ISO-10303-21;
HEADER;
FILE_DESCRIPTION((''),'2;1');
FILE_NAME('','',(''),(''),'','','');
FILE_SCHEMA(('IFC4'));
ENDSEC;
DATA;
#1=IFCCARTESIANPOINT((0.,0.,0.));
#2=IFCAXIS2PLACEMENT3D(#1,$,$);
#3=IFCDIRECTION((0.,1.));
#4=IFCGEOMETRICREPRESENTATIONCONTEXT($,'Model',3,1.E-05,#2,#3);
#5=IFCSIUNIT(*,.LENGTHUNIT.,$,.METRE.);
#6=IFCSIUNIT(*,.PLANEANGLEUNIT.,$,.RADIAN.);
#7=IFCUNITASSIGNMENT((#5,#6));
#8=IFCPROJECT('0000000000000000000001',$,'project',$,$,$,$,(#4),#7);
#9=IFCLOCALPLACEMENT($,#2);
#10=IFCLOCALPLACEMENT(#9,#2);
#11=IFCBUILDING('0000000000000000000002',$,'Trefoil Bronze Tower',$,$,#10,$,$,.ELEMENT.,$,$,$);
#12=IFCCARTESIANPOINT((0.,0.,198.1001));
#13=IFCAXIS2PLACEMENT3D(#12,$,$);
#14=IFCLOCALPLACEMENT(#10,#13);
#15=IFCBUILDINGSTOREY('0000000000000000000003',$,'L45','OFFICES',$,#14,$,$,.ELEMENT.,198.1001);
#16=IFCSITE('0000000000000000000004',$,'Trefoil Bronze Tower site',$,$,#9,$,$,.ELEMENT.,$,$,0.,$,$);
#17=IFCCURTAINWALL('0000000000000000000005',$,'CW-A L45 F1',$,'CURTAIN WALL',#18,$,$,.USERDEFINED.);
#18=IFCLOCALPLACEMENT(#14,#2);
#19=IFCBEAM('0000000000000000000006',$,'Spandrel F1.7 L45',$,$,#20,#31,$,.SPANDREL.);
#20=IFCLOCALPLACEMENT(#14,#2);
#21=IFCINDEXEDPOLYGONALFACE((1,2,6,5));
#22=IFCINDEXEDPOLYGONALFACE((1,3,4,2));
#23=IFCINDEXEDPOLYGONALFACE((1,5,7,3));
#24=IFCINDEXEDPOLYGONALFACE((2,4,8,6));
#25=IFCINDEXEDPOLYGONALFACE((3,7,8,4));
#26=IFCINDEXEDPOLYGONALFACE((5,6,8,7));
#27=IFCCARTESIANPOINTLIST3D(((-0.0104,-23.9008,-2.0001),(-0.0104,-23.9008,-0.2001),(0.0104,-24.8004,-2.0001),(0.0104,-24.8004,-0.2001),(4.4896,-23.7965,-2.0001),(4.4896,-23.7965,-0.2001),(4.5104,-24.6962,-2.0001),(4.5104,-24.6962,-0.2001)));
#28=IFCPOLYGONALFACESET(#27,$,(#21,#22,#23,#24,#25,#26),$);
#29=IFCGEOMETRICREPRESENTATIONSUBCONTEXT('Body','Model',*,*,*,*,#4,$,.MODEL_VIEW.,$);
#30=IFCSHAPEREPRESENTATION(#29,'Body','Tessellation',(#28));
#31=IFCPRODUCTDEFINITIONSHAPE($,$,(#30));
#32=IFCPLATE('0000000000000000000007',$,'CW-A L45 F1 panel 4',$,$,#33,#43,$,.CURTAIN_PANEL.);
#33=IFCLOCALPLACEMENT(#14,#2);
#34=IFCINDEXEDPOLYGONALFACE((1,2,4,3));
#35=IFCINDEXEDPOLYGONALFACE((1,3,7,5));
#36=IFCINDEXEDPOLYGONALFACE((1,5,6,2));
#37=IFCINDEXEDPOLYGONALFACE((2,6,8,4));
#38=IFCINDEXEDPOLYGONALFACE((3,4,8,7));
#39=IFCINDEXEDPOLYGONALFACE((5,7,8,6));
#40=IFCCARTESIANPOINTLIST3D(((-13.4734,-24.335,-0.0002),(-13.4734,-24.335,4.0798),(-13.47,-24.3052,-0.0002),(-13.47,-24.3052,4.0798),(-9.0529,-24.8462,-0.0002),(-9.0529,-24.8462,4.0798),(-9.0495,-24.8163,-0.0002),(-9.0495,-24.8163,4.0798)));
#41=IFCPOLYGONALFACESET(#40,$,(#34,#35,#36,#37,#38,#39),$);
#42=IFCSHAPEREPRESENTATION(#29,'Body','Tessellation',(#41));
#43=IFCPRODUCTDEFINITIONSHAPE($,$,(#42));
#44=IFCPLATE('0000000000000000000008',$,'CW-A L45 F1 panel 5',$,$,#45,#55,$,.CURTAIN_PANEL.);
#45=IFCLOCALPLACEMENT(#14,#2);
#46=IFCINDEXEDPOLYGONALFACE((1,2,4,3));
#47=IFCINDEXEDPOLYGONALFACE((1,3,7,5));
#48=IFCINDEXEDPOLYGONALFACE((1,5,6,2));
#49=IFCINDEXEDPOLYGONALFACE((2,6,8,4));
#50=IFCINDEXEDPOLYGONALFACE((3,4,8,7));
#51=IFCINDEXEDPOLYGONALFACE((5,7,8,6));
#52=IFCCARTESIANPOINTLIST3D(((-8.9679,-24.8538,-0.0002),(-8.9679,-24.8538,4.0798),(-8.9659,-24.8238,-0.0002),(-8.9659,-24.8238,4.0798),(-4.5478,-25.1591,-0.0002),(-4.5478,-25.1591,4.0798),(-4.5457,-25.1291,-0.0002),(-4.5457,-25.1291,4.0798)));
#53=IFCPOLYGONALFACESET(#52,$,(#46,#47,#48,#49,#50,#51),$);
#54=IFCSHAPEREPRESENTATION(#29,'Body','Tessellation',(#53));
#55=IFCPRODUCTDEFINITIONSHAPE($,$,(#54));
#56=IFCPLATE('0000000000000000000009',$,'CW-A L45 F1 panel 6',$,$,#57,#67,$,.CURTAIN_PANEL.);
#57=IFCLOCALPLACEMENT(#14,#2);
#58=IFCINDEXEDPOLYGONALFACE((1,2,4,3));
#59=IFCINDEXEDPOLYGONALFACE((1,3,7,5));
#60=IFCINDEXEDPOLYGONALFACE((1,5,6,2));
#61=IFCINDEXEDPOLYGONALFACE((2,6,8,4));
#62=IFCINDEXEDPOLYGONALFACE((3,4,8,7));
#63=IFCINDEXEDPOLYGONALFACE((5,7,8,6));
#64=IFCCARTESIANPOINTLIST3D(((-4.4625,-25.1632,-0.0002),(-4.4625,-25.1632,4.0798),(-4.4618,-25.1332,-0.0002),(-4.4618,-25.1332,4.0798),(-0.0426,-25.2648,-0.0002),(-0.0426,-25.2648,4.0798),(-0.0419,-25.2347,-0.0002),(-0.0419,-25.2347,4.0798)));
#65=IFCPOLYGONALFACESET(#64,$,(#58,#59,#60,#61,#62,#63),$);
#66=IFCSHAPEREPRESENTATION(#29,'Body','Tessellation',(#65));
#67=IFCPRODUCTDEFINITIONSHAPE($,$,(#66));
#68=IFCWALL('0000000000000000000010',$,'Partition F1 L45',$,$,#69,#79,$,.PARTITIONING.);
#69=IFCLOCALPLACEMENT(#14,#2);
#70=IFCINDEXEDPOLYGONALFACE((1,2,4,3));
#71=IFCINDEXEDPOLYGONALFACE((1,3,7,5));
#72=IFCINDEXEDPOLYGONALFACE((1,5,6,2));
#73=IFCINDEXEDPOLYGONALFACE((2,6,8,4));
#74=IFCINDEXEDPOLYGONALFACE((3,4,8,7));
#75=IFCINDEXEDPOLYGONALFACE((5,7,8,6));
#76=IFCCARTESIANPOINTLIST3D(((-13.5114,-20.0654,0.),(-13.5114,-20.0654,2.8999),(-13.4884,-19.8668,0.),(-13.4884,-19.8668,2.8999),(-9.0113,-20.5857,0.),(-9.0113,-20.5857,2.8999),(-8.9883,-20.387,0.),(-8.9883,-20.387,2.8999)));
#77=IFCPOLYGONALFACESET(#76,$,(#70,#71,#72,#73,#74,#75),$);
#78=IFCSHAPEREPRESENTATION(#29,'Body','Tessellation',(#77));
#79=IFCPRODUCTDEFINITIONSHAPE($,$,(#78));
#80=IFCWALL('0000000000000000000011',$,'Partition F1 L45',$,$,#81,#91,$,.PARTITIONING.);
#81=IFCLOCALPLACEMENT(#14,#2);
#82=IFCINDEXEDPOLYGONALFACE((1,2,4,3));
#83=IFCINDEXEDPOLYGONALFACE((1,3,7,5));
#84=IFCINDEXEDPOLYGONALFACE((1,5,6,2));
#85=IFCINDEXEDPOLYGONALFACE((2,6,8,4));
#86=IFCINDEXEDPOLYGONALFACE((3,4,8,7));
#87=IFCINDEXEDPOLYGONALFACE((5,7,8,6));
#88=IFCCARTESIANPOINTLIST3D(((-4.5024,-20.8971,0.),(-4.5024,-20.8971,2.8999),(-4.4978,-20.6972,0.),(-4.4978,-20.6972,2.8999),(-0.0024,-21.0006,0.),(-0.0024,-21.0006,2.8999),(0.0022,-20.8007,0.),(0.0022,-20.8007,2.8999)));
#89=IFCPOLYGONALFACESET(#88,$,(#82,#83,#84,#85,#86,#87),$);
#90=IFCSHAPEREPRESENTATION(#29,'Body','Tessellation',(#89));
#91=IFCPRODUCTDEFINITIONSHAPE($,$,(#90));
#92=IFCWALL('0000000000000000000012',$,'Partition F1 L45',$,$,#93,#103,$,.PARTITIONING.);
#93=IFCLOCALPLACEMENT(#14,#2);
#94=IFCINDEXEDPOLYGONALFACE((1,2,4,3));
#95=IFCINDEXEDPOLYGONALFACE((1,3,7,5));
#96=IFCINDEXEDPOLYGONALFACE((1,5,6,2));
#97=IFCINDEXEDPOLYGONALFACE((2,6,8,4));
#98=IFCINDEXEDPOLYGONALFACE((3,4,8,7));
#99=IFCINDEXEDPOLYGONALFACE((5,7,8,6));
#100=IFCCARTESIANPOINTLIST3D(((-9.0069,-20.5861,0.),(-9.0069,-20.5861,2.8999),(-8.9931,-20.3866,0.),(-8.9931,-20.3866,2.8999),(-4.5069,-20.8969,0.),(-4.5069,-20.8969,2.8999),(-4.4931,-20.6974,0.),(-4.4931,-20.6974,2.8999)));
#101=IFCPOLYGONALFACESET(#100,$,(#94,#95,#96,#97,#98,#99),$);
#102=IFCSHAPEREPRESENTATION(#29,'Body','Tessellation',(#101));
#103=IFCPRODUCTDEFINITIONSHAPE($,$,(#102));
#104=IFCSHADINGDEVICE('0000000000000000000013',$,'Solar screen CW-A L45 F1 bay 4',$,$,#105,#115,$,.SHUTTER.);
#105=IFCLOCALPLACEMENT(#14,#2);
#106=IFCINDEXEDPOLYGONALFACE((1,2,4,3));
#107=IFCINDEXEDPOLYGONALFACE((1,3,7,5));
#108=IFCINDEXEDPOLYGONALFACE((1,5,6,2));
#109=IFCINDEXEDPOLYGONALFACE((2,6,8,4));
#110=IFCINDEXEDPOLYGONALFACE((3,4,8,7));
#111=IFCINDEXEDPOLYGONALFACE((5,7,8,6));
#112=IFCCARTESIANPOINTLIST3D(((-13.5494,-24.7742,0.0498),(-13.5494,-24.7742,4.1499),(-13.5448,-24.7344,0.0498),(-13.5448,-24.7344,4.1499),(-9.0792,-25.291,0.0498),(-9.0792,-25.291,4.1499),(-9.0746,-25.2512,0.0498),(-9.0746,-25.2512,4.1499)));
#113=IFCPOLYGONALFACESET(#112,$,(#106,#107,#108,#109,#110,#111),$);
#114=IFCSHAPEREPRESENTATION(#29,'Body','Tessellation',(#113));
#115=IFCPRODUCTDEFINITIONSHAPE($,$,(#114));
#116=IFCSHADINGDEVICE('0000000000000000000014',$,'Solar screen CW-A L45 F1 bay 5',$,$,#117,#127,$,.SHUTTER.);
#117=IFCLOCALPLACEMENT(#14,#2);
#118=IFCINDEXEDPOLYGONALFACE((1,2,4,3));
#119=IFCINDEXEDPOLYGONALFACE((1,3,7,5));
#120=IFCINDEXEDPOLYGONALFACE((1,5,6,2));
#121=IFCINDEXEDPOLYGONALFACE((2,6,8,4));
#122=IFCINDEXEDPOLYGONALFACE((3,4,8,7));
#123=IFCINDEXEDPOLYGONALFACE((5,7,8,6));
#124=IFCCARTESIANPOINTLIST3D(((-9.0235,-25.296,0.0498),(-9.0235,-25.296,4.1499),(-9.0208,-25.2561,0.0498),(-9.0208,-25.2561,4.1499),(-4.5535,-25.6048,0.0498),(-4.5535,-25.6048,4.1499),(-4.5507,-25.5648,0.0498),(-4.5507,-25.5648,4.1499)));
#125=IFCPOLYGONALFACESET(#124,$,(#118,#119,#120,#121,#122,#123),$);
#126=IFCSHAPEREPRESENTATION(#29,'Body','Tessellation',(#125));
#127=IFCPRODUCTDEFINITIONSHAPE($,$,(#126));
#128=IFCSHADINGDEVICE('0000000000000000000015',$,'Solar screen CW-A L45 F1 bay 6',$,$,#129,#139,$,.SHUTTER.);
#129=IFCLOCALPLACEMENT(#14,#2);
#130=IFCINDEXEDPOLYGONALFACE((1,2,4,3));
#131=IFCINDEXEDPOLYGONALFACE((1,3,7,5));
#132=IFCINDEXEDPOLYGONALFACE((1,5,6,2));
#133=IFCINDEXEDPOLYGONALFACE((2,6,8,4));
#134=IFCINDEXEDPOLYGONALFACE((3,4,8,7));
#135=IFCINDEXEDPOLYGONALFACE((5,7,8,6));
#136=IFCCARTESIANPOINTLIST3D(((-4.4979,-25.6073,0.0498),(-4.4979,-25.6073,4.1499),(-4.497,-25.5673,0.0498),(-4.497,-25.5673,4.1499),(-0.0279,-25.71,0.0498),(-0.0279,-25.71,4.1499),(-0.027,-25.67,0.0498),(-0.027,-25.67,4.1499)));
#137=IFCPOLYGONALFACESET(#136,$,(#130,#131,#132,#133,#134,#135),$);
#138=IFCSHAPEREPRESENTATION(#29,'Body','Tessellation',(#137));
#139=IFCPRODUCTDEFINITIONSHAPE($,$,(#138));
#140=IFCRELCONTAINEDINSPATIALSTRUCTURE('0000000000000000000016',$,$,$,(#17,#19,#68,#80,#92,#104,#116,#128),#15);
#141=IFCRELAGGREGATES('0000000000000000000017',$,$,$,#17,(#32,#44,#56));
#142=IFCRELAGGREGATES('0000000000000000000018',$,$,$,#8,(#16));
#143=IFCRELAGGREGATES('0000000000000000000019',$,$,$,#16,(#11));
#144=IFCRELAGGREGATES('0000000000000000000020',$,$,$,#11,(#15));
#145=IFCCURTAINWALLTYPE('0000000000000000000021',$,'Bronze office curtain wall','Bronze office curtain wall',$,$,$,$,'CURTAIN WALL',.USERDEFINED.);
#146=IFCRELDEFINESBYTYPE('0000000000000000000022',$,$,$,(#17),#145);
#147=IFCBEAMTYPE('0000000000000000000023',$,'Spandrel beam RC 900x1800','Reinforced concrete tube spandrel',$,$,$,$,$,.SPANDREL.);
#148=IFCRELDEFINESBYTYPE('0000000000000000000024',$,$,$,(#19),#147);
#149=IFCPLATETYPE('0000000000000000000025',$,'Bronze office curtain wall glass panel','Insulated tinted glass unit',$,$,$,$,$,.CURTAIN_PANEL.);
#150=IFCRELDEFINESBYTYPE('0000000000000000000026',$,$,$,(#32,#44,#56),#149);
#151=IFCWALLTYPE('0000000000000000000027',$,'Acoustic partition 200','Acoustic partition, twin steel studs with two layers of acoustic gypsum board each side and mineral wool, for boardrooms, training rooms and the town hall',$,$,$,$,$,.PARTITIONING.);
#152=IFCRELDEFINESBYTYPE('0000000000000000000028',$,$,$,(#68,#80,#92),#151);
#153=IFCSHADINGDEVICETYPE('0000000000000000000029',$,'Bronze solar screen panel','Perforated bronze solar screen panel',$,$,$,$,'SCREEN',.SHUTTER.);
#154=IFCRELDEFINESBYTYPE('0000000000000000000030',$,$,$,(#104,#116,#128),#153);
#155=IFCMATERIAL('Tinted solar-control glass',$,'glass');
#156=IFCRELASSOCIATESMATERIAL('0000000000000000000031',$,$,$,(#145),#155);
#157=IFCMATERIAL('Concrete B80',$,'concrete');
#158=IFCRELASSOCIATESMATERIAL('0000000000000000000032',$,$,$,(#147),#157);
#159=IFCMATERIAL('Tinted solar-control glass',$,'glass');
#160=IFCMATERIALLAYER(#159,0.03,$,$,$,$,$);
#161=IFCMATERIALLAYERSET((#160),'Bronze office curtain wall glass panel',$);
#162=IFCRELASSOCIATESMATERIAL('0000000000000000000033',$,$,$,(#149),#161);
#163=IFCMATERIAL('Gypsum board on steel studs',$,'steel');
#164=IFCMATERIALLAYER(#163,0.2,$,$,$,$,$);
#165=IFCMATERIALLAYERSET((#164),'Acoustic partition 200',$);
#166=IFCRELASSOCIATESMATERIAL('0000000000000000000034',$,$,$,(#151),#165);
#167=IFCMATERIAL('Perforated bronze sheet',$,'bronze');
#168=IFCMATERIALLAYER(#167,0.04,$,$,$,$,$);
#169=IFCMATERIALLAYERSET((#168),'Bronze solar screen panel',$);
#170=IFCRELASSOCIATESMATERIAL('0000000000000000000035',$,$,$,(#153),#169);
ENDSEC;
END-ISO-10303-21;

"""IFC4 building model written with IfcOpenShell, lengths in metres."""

from ifc_helpers import new_model, si_unit, direction, frame, frame_2d, origin, origin_2d, place, context, subcontext, project, spatial, rectangle, extrude, material, layer, layer_set, material_profile, profile_set, type_object, element, aggregate, save


model = new_model("IFC4")

# Units and contexts
model_context = context("Model", 3, precision=1e-05, world=origin(), true_north=direction((0.0, 1.0)))
body_context = subcontext(model_context, "Body", "Model", "MODEL_VIEW")
ifc_project = project(units=[si_unit("LENGTHUNIT", "METRE"), si_unit("PLANEANGLEUNIT", "RADIAN")], contexts=[model_context])

# Site, building, storey
site_placement = place(None, origin())
site = spatial("IfcSite", under=ifc_project, at=site_placement, Name="Trefoil Bronze Tower site", CompositionType="ELEMENT", RefElevation=0.0)
building_placement = place(site_placement, origin())
building = spatial("IfcBuilding", under=site, at=building_placement, Name="Trefoil Bronze Tower", CompositionType="ELEMENT")
storey_placement = place(building_placement, frame((0.0, 0.0, 198.1001)))
storey = spatial("IfcBuildingStorey", under=building, at=storey_placement, Name="L45", Description="OFFICES", CompositionType="ELEMENT", Elevation=198.1001)

# Curtain wall
ifc_material_1 = material(Name="Tinted solar-control glass", Category="glass")
curtain_wall_type = type_object("IfcCurtainWallType", Name="Bronze office curtain wall", Description="Bronze office curtain wall", ElementType="CURTAIN WALL", PredefinedType="USERDEFINED", material=ifc_material_1)
curtain_wall_placement = place(storey_placement, origin())
curtain_wall = element("IfcCurtainWall", 1, at=curtain_wall_placement, inside=storey, type_object=curtain_wall_type, Name="CW-A L45 F1", ObjectType="CURTAIN WALL", PredefinedType="USERDEFINED")

# Beam
ifc_material_2 = material(Name="Concrete B80", Category="concrete")
ifc_material_profile_1 = material_profile(ifc_material_2, rectangle(XDim=0.8999, YDim=1.8, at=origin_2d()), Name="RC 900x1800")
ifc_profile_set_1 = profile_set([ifc_material_profile_1], Name="Concrete B80")
beam_type_1 = type_object("IfcBeamType", Name="Spandrel beam RC 900x1800", Description="Reinforced concrete tube spandrel", PredefinedType="SPANDREL", material=ifc_profile_set_1)
for number, where, z_axis, x_axis, name in (
    (2, (0.0, -24.3506, -1.1001), (0.999732, 0.02316, 0.0), (-0.02316, 0.999732, 0.0), "Spandrel F1.7 L45"),
):
    element("IfcBeam", number, at=place(storey_placement, frame(where, z_axis=z_axis, x_axis=x_axis)), inside=storey, type_object=beam_type_1, Name=name, PredefinedType="SPANDREL", context=body_context, shape_type="SweptSolid", body=[
        extrude(rectangle(XDim=0.8999, YDim=1.8, at=origin_2d()), origin(), (0.0, 0.0, 1.0), 4.5012),
    ])

# Plates
ifc_material_3 = material(Name="Tinted solar-control glass", Category="glass")
ifc_layer_1 = layer(ifc_material_3, 0.03)
ifc_layer_set_1 = layer_set([ifc_layer_1], Name="Bronze office curtain wall glass panel")
plate_type = type_object("IfcPlateType", Name="Bronze office curtain wall glass panel", Description="Insulated tinted glass unit", PredefinedType="CURTAIN_PANEL", material=ifc_layer_set_1)
plate_1_placement = place(storey_placement, frame((-11.2615, -24.5757, -0.0002), z_axis=(0.0, 0.0, 1.0), x_axis=(0.993382, -0.114859, 0.0)))
plate_1 = element("IfcPlate", 3, at=plate_1_placement, type_object=plate_type, Name="CW-A L45 F1 panel 4", PredefinedType="CURTAIN_PANEL", context=body_context, shape_type="SweptSolid", body=[
    extrude(rectangle(XDim=4.45, YDim=0.03, at=origin_2d()), origin(), (0.0, 0.0, 1.0), 4.0801),
])
plate_2_placement = place(storey_placement, frame((-6.7568, -24.9915, -0.0002), z_axis=(0.0, 0.0, 1.0), x_axis=(0.997623, -0.068915, 0.0)))
plate_2 = element("IfcPlate", 4, at=plate_2_placement, type_object=plate_type, Name="CW-A L45 F1 panel 5", PredefinedType="CURTAIN_PANEL", context=body_context, shape_type="SweptSolid", body=[
    extrude(rectangle(XDim=4.4307, YDim=0.03, at=origin_2d()), origin(), (0.0, 0.0, 1.0), 4.0801),
])
plate_3_placement = place(storey_placement, frame((-2.2522, -25.199, -0.0002), z_axis=(0.0, 0.0, 1.0), x_axis=(0.999736, -0.022972, 0.0)))
plate_3 = element("IfcPlate", 5, at=plate_3_placement, type_object=plate_type, Name="CW-A L45 F1 panel 6", PredefinedType="CURTAIN_PANEL", context=body_context, shape_type="SweptSolid", body=[
    extrude(rectangle(XDim=4.4211, YDim=0.03, at=origin_2d()), origin(), (0.0, 0.0, 1.0), 4.0801),
])
aggregate(curtain_wall, [plate_1, plate_2, plate_3])

# Walls
ifc_material_4 = material(Name="Gypsum board on steel studs", Category="steel")
ifc_layer_2 = layer(ifc_material_4, 0.2)
ifc_layer_set_2 = layer_set([ifc_layer_2], Name="Acoustic partition 200")
wall_type = type_object("IfcWallType", Name="Acoustic partition 200", Description="Acoustic partition, twin steel studs with two layers of acoustic gypsum board each side and mineral wool, for boardrooms, training rooms and the town hall", PredefinedType="PARTITIONING", material=ifc_layer_set_2)
wall_1_placement = place(storey_placement, frame((-13.5, -19.9661, 0.0), z_axis=(0.0, 0.0, 1.0), x_axis=(0.993383, -0.114849, 0.0)))
element("IfcWall", 6, at=wall_1_placement, inside=storey, type_object=wall_type, Name="Partition F1 L45", PredefinedType="PARTITIONING", context=body_context, shape_type="SweptSolid", body=[
    extrude(rectangle(XDim=4.53, YDim=0.2, at=frame_2d((2.2651, 0.0))), origin(), (0.0, 0.0, 1.0), 2.8999),
])
wall_2_placement = place(storey_placement, frame((-4.5, -20.7971, 0.0), z_axis=(0.0, 0.0, 1.0), x_axis=(0.999736, -0.022997, 0.0)))
element("IfcWall", 7, at=wall_2_placement, inside=storey, type_object=wall_type, Name="Partition F1 L45", PredefinedType="PARTITIONING", context=body_context, shape_type="SweptSolid", body=[
    extrude(rectangle(XDim=4.5012, YDim=0.2, at=frame_2d((2.2505, 0.0))), origin(), (0.0, 0.0, 1.0), 2.8999),
])
wall_3_placement = place(storey_placement, frame((-9.0, -20.4863, 0.0), z_axis=(0.0, 0.0, 1.0), x_axis=(0.997624, -0.068901, 0.0)))
element("IfcWall", 8, at=wall_3_placement, inside=storey, type_object=wall_type, Name="Partition F1 L45", PredefinedType="PARTITIONING", context=body_context, shape_type="SweptSolid", body=[
    extrude(rectangle(XDim=4.5107, YDim=0.2, at=frame_2d((2.2554, 0.0))), origin(), (0.0, 0.0, 1.0), 2.8999),
])

# Shading devices
ifc_material_5 = material(Name="Perforated bronze sheet", Category="bronze")
ifc_layer_3 = layer(ifc_material_5, 0.04)
ifc_layer_set_3 = layer_set([ifc_layer_3], Name="Bronze solar screen panel")
shading_device_type = type_object("IfcShadingDeviceType", Name="Bronze solar screen panel", Description="Perforated bronze solar screen panel", ElementType="SCREEN", PredefinedType="SHUTTER", material=ifc_layer_set_3)
shading_device_1_placement = place(storey_placement, frame((-11.312, -25.0127, 0.0498), z_axis=(0.0, 0.0, 1.0), x_axis=(0.993382, -0.114859, 0.0)))
element("IfcShadingDevice", 9, at=shading_device_1_placement, inside=storey, type_object=shading_device_type, Name="Solar screen CW-A L45 F1 bay 4", PredefinedType="SHUTTER", context=body_context, shape_type="SweptSolid", body=[
    extrude(rectangle(XDim=4.5, YDim=0.04, at=origin_2d()), origin(), (0.0, 0.0, 1.0), 4.1001),
])
shading_device_2_placement = place(storey_placement, frame((-6.7871, -25.4304, 0.0498), z_axis=(0.0, 0.0, 1.0), x_axis=(0.997623, -0.068915, 0.0)))
element("IfcShadingDevice", 10, at=shading_device_2_placement, inside=storey, type_object=shading_device_type, Name="Solar screen CW-A L45 F1 bay 5", PredefinedType="SHUTTER", context=body_context, shape_type="SweptSolid", body=[
    extrude(rectangle(XDim=4.4807, YDim=0.04, at=origin_2d()), origin(), (0.0, 0.0, 1.0), 4.1001),
])
shading_device_3_placement = place(storey_placement, frame((-2.2625, -25.6387, 0.0498), z_axis=(0.0, 0.0, 1.0), x_axis=(0.999736, -0.022972, 0.0)))
element("IfcShadingDevice", 11, at=shading_device_3_placement, inside=storey, type_object=shading_device_type, Name="Solar screen CW-A L45 F1 bay 6", PredefinedType="SHUTTER", context=body_context, shape_type="SweptSolid", body=[
    extrude(rectangle(XDim=4.4712, YDim=0.04, at=origin_2d()), origin(), (0.0, 0.0, 1.0), 4.1001),
])

save(model, "model.ifc")
